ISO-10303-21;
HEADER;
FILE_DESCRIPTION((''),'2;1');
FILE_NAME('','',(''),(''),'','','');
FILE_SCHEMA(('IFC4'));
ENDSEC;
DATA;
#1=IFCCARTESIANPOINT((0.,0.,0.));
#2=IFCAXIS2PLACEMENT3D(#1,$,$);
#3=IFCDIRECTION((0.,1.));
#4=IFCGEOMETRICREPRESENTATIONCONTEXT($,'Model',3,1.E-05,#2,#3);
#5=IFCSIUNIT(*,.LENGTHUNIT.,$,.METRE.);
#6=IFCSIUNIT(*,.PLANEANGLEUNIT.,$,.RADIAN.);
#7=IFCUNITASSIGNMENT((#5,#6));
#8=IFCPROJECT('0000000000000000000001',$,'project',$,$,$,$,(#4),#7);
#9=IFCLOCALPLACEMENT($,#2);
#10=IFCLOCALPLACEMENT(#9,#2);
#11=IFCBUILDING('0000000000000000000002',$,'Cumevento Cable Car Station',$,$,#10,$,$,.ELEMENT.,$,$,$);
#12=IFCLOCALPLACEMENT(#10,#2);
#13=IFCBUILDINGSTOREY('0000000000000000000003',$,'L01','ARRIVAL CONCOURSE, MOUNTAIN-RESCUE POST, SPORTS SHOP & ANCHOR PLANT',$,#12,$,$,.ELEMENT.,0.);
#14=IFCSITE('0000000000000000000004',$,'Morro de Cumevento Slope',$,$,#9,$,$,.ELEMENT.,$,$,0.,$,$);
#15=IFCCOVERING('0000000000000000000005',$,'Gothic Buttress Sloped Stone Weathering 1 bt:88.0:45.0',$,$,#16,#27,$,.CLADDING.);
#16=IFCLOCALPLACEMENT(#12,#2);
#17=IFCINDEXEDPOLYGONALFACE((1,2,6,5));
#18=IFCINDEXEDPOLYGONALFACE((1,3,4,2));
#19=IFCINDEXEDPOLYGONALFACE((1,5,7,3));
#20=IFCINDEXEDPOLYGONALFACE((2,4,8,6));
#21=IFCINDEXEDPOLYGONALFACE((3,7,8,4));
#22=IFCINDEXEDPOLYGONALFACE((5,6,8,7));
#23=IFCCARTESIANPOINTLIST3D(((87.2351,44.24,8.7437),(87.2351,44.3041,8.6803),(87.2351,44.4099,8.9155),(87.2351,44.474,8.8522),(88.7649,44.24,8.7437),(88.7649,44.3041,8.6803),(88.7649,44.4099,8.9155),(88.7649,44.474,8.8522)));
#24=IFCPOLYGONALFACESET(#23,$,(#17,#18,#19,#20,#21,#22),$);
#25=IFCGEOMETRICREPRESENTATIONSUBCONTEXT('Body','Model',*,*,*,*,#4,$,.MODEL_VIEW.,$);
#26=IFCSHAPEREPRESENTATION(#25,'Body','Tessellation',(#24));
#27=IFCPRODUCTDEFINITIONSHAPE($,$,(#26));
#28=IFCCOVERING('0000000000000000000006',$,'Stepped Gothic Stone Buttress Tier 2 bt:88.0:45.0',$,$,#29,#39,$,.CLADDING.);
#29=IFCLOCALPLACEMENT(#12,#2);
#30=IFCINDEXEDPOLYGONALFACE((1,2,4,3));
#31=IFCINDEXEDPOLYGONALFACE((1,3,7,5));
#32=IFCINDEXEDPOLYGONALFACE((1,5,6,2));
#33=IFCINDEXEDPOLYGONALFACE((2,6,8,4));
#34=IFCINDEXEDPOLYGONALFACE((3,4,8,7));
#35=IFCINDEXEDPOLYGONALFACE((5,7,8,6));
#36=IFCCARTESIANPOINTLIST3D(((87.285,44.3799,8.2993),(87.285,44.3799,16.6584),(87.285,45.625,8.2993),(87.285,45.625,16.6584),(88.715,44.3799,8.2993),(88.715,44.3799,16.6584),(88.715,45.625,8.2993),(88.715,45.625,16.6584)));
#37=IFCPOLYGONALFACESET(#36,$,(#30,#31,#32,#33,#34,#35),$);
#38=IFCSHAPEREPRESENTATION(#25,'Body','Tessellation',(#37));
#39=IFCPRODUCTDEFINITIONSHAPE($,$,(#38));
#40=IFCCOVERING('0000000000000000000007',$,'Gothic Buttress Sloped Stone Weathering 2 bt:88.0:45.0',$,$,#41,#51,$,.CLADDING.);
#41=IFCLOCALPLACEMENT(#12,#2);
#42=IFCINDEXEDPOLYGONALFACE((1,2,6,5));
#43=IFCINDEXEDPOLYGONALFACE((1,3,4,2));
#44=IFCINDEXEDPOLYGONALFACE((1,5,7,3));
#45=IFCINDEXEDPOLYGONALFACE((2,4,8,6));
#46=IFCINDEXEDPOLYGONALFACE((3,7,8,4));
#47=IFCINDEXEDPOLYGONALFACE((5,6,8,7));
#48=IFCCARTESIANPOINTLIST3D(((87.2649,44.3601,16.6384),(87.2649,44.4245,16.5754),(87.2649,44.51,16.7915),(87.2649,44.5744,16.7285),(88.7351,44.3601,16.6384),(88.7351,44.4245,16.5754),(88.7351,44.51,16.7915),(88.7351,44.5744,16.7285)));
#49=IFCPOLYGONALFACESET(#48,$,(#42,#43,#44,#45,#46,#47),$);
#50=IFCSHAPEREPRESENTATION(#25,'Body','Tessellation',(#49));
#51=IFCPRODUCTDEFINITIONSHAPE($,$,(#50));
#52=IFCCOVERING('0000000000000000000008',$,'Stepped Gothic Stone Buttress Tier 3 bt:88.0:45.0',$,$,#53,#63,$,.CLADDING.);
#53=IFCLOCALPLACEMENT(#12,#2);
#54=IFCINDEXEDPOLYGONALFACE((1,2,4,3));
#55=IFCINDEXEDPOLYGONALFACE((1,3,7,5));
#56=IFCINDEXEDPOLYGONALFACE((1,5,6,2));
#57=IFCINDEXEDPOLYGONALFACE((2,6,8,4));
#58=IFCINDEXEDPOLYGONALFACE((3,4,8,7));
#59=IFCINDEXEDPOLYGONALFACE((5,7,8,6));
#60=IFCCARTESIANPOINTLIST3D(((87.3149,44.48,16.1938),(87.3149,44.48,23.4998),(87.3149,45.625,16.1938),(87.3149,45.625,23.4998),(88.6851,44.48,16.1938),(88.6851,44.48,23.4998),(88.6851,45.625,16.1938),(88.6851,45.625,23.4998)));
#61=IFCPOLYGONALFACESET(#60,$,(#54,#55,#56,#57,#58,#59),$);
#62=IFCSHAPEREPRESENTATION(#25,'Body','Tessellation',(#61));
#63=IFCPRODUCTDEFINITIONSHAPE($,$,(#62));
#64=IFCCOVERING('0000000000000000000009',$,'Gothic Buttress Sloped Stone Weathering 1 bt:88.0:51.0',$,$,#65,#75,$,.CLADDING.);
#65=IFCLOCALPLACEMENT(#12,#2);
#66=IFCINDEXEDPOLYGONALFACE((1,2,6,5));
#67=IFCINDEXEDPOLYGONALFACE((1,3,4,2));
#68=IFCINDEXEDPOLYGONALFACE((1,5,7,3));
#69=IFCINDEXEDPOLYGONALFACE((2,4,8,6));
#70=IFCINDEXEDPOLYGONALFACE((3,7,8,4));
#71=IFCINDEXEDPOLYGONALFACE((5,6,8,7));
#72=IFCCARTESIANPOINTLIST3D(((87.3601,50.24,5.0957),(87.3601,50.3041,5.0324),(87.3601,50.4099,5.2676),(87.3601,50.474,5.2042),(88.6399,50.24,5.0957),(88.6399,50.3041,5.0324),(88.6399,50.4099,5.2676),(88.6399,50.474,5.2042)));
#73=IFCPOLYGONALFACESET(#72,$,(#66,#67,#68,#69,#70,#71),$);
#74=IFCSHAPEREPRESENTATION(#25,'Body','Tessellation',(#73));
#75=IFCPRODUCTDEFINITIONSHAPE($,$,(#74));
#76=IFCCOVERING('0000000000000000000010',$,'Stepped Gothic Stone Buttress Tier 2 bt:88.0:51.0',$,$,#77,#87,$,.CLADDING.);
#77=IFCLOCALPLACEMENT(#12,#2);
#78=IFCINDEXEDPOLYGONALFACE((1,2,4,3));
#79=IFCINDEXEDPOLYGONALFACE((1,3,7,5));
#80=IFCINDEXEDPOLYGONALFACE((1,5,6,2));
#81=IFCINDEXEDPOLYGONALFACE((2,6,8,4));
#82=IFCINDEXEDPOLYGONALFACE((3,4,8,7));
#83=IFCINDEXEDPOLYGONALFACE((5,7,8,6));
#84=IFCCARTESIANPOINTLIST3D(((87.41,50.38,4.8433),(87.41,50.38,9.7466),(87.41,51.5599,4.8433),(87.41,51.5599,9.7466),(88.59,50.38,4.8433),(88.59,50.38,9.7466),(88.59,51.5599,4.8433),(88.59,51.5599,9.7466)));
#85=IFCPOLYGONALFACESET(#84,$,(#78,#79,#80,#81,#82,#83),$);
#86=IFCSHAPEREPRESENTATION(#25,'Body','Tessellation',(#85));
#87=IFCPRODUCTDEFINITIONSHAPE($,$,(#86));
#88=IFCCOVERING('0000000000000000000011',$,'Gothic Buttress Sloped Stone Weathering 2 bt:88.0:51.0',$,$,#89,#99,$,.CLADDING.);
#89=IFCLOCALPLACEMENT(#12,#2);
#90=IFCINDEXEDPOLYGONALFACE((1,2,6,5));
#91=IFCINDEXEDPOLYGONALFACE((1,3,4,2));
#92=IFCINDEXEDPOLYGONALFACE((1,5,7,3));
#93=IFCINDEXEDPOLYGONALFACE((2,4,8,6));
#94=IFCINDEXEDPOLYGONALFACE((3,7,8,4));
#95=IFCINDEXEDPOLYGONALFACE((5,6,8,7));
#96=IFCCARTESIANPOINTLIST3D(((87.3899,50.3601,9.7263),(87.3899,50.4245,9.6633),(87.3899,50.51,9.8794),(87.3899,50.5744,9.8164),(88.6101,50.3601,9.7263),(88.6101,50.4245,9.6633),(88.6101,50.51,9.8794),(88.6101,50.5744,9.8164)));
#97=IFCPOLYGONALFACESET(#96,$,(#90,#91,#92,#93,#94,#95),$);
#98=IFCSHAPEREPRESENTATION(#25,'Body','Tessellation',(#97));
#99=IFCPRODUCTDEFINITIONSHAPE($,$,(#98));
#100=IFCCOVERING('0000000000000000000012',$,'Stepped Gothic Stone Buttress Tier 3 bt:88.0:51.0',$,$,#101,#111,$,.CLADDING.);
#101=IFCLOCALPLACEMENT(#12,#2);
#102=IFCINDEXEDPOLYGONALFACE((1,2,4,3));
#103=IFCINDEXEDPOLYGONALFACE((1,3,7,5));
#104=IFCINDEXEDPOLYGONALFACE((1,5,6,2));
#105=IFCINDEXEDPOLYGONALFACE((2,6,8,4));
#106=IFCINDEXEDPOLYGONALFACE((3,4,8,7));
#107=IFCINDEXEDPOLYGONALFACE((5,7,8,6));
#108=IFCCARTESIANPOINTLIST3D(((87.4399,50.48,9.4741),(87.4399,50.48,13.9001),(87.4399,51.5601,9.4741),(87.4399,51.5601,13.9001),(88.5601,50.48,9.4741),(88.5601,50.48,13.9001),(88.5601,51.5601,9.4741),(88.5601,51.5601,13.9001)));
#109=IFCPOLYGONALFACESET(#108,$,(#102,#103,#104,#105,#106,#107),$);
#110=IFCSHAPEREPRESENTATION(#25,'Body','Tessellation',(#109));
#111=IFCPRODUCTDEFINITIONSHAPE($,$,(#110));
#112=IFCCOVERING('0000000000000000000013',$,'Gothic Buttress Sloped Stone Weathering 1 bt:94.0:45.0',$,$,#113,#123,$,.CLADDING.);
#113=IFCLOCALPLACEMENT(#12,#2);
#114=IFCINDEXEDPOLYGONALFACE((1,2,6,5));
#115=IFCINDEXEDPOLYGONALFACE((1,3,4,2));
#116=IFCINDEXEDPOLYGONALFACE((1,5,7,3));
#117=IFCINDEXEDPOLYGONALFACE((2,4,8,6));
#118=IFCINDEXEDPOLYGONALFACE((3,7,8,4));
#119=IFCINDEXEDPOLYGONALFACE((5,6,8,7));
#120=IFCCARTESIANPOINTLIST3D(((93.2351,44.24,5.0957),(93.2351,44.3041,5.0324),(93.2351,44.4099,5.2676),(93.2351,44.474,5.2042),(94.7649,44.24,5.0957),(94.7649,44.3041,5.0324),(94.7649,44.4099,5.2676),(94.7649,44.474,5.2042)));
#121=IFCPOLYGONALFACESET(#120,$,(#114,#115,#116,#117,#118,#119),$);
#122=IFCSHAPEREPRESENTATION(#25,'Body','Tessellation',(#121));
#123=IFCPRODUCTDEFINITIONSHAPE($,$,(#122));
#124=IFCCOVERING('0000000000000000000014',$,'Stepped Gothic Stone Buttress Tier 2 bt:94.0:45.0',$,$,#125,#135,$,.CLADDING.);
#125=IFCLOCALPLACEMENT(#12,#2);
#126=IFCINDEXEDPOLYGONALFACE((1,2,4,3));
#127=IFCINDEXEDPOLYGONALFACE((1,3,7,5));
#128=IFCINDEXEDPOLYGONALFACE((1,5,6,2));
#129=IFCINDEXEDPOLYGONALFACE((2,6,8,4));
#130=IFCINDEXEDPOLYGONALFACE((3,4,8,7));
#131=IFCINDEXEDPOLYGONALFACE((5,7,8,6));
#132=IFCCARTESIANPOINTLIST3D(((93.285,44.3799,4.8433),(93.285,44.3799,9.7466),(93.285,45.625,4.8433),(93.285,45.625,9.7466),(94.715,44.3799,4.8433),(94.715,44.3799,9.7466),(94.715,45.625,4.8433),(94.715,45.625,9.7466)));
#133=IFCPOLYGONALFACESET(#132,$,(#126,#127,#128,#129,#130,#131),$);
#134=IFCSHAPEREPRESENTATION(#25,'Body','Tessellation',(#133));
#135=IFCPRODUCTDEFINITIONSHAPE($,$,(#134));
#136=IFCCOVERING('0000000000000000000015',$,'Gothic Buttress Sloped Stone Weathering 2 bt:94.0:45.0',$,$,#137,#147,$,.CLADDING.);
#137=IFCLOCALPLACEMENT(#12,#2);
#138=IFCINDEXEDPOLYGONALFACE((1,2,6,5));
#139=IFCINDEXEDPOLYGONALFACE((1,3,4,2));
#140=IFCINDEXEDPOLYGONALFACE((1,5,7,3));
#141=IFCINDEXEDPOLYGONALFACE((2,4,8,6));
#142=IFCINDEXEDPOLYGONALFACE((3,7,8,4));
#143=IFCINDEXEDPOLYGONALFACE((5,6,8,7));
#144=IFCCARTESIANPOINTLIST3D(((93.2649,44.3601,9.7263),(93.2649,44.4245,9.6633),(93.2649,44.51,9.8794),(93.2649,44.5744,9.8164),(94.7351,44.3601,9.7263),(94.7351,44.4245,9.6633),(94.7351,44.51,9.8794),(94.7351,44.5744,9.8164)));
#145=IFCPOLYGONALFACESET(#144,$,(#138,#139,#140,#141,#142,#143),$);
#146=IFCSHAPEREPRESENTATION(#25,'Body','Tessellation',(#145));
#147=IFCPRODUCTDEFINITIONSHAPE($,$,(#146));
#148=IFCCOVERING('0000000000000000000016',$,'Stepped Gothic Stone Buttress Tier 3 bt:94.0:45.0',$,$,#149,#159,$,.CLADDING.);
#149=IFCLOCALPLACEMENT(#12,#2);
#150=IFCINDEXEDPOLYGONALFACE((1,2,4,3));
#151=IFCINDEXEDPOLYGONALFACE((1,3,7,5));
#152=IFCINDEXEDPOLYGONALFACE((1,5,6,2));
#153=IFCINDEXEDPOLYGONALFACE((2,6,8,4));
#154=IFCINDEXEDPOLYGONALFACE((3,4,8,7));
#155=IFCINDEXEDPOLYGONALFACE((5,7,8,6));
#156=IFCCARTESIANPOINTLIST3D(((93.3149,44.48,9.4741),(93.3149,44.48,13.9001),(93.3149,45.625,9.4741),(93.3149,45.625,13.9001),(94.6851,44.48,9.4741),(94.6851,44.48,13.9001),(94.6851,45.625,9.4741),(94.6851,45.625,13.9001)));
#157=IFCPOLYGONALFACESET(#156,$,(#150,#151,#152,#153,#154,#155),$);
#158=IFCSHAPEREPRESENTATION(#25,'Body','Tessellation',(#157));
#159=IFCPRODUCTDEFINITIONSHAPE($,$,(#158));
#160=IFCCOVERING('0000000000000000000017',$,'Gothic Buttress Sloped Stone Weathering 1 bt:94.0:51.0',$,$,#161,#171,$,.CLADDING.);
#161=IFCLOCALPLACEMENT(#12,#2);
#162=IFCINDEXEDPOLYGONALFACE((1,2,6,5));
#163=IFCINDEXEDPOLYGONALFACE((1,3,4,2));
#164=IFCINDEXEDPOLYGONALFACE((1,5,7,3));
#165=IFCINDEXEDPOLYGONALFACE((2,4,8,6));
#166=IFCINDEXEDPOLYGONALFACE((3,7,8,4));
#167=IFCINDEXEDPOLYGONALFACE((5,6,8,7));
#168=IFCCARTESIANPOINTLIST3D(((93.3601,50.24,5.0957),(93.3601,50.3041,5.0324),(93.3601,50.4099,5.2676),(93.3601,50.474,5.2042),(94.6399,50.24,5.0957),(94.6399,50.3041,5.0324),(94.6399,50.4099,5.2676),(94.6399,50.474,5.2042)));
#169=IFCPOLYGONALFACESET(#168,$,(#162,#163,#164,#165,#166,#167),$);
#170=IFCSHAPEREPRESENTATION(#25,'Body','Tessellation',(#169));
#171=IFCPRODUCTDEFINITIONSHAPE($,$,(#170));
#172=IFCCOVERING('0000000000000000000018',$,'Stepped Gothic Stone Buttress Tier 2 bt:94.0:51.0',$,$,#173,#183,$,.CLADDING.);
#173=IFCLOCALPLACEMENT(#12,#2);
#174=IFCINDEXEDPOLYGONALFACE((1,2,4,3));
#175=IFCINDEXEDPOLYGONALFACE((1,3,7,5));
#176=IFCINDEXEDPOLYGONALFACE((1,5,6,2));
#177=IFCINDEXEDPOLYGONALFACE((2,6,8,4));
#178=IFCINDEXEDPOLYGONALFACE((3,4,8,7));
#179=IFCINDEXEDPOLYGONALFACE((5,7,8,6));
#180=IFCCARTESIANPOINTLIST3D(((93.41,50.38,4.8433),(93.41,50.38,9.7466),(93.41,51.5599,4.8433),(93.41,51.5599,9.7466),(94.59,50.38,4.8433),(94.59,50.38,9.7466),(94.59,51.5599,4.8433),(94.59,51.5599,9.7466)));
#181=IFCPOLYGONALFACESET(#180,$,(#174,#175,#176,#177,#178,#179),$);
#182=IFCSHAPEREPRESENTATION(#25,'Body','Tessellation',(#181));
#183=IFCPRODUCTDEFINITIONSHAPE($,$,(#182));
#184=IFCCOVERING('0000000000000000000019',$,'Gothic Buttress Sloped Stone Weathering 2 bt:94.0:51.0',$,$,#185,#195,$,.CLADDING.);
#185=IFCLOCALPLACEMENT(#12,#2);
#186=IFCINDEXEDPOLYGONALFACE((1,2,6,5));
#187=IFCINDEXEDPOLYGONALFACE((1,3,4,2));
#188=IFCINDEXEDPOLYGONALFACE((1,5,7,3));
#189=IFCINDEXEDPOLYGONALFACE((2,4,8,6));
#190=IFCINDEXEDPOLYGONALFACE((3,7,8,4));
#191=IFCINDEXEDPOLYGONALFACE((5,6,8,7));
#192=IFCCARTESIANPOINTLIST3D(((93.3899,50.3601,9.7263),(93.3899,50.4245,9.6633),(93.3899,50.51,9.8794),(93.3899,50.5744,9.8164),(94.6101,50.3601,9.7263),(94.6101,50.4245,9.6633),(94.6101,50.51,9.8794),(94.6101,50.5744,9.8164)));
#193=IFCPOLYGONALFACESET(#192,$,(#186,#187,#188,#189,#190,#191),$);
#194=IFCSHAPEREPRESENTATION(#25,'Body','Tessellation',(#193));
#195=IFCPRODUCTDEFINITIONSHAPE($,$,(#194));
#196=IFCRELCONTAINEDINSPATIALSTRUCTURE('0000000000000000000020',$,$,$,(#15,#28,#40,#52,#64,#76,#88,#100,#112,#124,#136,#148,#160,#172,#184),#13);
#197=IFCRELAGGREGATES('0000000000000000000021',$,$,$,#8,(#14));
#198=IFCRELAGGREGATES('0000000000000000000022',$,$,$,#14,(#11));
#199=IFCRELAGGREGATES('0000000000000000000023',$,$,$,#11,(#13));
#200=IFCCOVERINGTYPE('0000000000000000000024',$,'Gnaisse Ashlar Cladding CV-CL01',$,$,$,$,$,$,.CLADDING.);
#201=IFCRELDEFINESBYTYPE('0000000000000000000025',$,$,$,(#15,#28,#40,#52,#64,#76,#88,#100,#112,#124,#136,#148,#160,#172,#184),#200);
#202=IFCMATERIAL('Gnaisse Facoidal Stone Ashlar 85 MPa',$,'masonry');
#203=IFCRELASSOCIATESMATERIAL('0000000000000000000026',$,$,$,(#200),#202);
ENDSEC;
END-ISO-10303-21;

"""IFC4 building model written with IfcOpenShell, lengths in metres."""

from ifc_helpers import new_model, si_unit, direction, frame, origin, origin_2d, place, context, subcontext, project, spatial, polyline, rectangle, outline, extrude, material, type_object, element, save


model = new_model("IFC4")

# Units and contexts
model_context = context("Model", 3, precision=1e-05, world=origin(), true_north=direction((0.0, 1.0)))
body_context = subcontext(model_context, "Body", "Model", "MODEL_VIEW")
ifc_project = project(units=[si_unit("LENGTHUNIT", "METRE"), si_unit("PLANEANGLEUNIT", "RADIAN")], contexts=[model_context])

# Site, building, storey
site_placement = place(None, origin())
site = spatial("IfcSite", under=ifc_project, at=site_placement, Name="Morro de Cumevento Slope", CompositionType="ELEMENT", RefElevation=0.0)
building_placement = place(site_placement, origin())
building = spatial("IfcBuilding", under=site, at=building_placement, Name="Cumevento Cable Car Station", CompositionType="ELEMENT")
storey_placement = place(building_placement, origin())
storey = spatial("IfcBuildingStorey", under=building, at=storey_placement, Name="L01", Description="ARRIVAL CONCOURSE, MOUNTAIN-RESCUE POST, SPORTS SHOP & ANCHOR PLANT", CompositionType="ELEMENT", Elevation=0.0)

# Coverings
ifc_material = material(Name="Gnaisse Facoidal Stone Ashlar 85 MPa", Category="masonry")
covering_type = type_object("IfcCoveringType", Name="Gnaisse Ashlar Cladding CV-CL01", PredefinedType="CLADDING", material=ifc_material)
covering_1_placement = place(storey_placement, frame((87.2351, 44.24, 8.7437), z_axis=(0.0, -0.711136, 0.703055), x_axis=(1.0, 0.0, 0.0)))
element("IfcCovering", 1, at=covering_1_placement, inside=storey, type_object=covering_type, Name="Gothic Buttress Sloped Stone Weathering 1 bt:88.0:45.0", PredefinedType="CLADDING", context=body_context, shape_type="SweptSolid", body=[
    extrude(outline(polyline([(0.0, 0.0), (1.5298, 0.0), (1.5298, 0.2417), (0.0, 0.2417), (0.0, 0.0)])), origin(), (0.0, 0.0, -1.0), 0.0901),
])
covering_2_placement = place(storey_placement, frame((88.0, 45.0024, 8.2993), z_axis=(0.0, 0.0, 1.0), x_axis=(1.0, 0.0, 0.0)))
element("IfcCovering", 2, at=covering_2_placement, inside=storey, type_object=covering_type, Name="Stepped Gothic Stone Buttress Tier 2 bt:88.0:45.0", PredefinedType="CLADDING", context=body_context, shape_type="SweptSolid", body=[
    extrude(rectangle(XDim=1.4299, YDim=1.2451, at=origin_2d()), origin(), (0.0, 0.0, 1.0), 8.3591),
])
covering_3_placement = place(storey_placement, frame((87.2649, 44.3601, 16.6384), z_axis=(0.0, -0.714475, 0.699661), x_axis=(1.0, 0.0, 0.0)))
element("IfcCovering", 3, at=covering_3_placement, inside=storey, type_object=covering_type, Name="Gothic Buttress Sloped Stone Weathering 2 bt:88.0:45.0", PredefinedType="CLADDING", context=body_context, shape_type="SweptSolid", body=[
    extrude(outline(polyline([(0.0, 0.0), (1.4702, 0.0), (1.4702, 0.2142), (0.0, 0.2142), (0.0, 0.0)])), origin(), (0.0, 0.0, -1.0), 0.0901),
])
covering_4_placement = place(storey_placement, frame((88.0, 45.0525, 16.1938), z_axis=(0.0, 0.0, 1.0), x_axis=(1.0, 0.0, 0.0)))
element("IfcCovering", 4, at=covering_4_placement, inside=storey, type_object=covering_type, Name="Stepped Gothic Stone Buttress Tier 3 bt:88.0:45.0", PredefinedType="CLADDING", context=body_context, shape_type="SweptSolid", body=[
    extrude(rectangle(XDim=1.3701, YDim=1.145, at=origin_2d()), origin(), (0.0, 0.0, 1.0), 7.3059),
])
covering_5_placement = place(storey_placement, frame((87.3601, 50.24, 5.0957), z_axis=(0.0, -0.711136, 0.703055), x_axis=(1.0, 0.0, 0.0)))
element("IfcCovering", 5, at=covering_5_placement, inside=storey, type_object=covering_type, Name="Gothic Buttress Sloped Stone Weathering 1 bt:88.0:51.0", PredefinedType="CLADDING", context=body_context, shape_type="SweptSolid", body=[
    extrude(outline(polyline([(0.0, 0.0), (1.2798, 0.0), (1.2798, 0.2417), (0.0, 0.2417), (0.0, 0.0)])), origin(), (0.0, 0.0, -1.0), 0.0901),
])
covering_6_placement = place(storey_placement, frame((88.0, 50.97, 4.8433), z_axis=(0.0, 0.0, 1.0), x_axis=(1.0, 0.0, 0.0)))
element("IfcCovering", 6, at=covering_6_placement, inside=storey, type_object=covering_type, Name="Stepped Gothic Stone Buttress Tier 2 bt:88.0:51.0", PredefinedType="CLADDING", context=body_context, shape_type="SweptSolid", body=[
    extrude(rectangle(XDim=1.1799, YDim=1.1799, at=origin_2d()), origin(), (0.0, 0.0, 1.0), 4.9033),
])
covering_7_placement = place(storey_placement, frame((87.3899, 50.3601, 9.7263), z_axis=(0.0, -0.714475, 0.699661), x_axis=(1.0, 0.0, 0.0)))
element("IfcCovering", 7, at=covering_7_placement, inside=storey, type_object=covering_type, Name="Gothic Buttress Sloped Stone Weathering 2 bt:88.0:51.0", PredefinedType="CLADDING", context=body_context, shape_type="SweptSolid", body=[
    extrude(outline(polyline([(0.0, 0.0), (1.2202, 0.0), (1.2202, 0.2142), (0.0, 0.2142), (0.0, 0.0)])), origin(), (0.0, 0.0, -1.0), 0.0901),
])
covering_8_placement = place(storey_placement, frame((88.0, 51.02, 9.4741), z_axis=(0.0, 0.0, 1.0), x_axis=(1.0, 0.0, 0.0)))
element("IfcCovering", 8, at=covering_8_placement, inside=storey, type_object=covering_type, Name="Stepped Gothic Stone Buttress Tier 3 bt:88.0:51.0", PredefinedType="CLADDING", context=body_context, shape_type="SweptSolid", body=[
    extrude(rectangle(XDim=1.1201, YDim=1.0801, at=origin_2d()), origin(), (0.0, 0.0, 1.0), 4.426),
])
covering_9_placement = place(storey_placement, frame((93.2351, 44.24, 5.0957), z_axis=(0.0, -0.711136, 0.703055), x_axis=(1.0, 0.0, 0.0)))
element("IfcCovering", 9, at=covering_9_placement, inside=storey, type_object=covering_type, Name="Gothic Buttress Sloped Stone Weathering 1 bt:94.0:45.0", PredefinedType="CLADDING", context=body_context, shape_type="SweptSolid", body=[
    extrude(outline(polyline([(0.0, 0.0), (1.5298, 0.0), (1.5298, 0.2417), (0.0, 0.2417), (0.0, 0.0)])), origin(), (0.0, 0.0, -1.0), 0.0901),
])
covering_10_placement = place(storey_placement, frame((94.0, 45.0024, 4.8433), z_axis=(0.0, 0.0, 1.0), x_axis=(1.0, 0.0, 0.0)))
element("IfcCovering", 10, at=covering_10_placement, inside=storey, type_object=covering_type, Name="Stepped Gothic Stone Buttress Tier 2 bt:94.0:45.0", PredefinedType="CLADDING", context=body_context, shape_type="SweptSolid", body=[
    extrude(rectangle(XDim=1.4299, YDim=1.2451, at=origin_2d()), origin(), (0.0, 0.0, 1.0), 4.9033),
])
covering_11_placement = place(storey_placement, frame((93.2649, 44.3601, 9.7263), z_axis=(0.0, -0.714475, 0.699661), x_axis=(1.0, 0.0, 0.0)))
element("IfcCovering", 11, at=covering_11_placement, inside=storey, type_object=covering_type, Name="Gothic Buttress Sloped Stone Weathering 2 bt:94.0:45.0", PredefinedType="CLADDING", context=body_context, shape_type="SweptSolid", body=[
    extrude(outline(polyline([(0.0, 0.0), (1.4702, 0.0), (1.4702, 0.2142), (0.0, 0.2142), (0.0, 0.0)])), origin(), (0.0, 0.0, -1.0), 0.0901),
])
covering_12_placement = place(storey_placement, frame((94.0, 45.0525, 9.4741), z_axis=(0.0, 0.0, 1.0), x_axis=(1.0, 0.0, 0.0)))
element("IfcCovering", 12, at=covering_12_placement, inside=storey, type_object=covering_type, Name="Stepped Gothic Stone Buttress Tier 3 bt:94.0:45.0", PredefinedType="CLADDING", context=body_context, shape_type="SweptSolid", body=[
    extrude(rectangle(XDim=1.3701, YDim=1.145, at=origin_2d()), origin(), (0.0, 0.0, 1.0), 4.426),
])
covering_13_placement = place(storey_placement, frame((93.3601, 50.24, 5.0957), z_axis=(0.0, -0.711136, 0.703055), x_axis=(1.0, 0.0, 0.0)))
element("IfcCovering", 13, at=covering_13_placement, inside=storey, type_object=covering_type, Name="Gothic Buttress Sloped Stone Weathering 1 bt:94.0:51.0", PredefinedType="CLADDING", context=body_context, shape_type="SweptSolid", body=[
    extrude(outline(polyline([(0.0, 0.0), (1.2798, 0.0), (1.2798, 0.2417), (0.0, 0.2417), (0.0, 0.0)])), origin(), (0.0, 0.0, -1.0), 0.0901),
])
covering_14_placement = place(storey_placement, frame((94.0, 50.97, 4.8433), z_axis=(0.0, 0.0, 1.0), x_axis=(1.0, 0.0, 0.0)))
element("IfcCovering", 14, at=covering_14_placement, inside=storey, type_object=covering_type, Name="Stepped Gothic Stone Buttress Tier 2 bt:94.0:51.0", PredefinedType="CLADDING", context=body_context, shape_type="SweptSolid", body=[
    extrude(rectangle(XDim=1.1799, YDim=1.1799, at=origin_2d()), origin(), (0.0, 0.0, 1.0), 4.9033),
])
covering_15_placement = place(storey_placement, frame((93.3899, 50.3601, 9.7263), z_axis=(0.0, -0.714475, 0.699661), x_axis=(1.0, 0.0, 0.0)))
element("IfcCovering", 15, at=covering_15_placement, inside=storey, type_object=covering_type, Name="Gothic Buttress Sloped Stone Weathering 2 bt:94.0:51.0", PredefinedType="CLADDING", context=body_context, shape_type="SweptSolid", body=[
    extrude(outline(polyline([(0.0, 0.0), (1.2202, 0.0), (1.2202, 0.2142), (0.0, 0.2142), (0.0, 0.0)])), origin(), (0.0, 0.0, -1.0), 0.0901),
])

save(model, "model.ifc")
